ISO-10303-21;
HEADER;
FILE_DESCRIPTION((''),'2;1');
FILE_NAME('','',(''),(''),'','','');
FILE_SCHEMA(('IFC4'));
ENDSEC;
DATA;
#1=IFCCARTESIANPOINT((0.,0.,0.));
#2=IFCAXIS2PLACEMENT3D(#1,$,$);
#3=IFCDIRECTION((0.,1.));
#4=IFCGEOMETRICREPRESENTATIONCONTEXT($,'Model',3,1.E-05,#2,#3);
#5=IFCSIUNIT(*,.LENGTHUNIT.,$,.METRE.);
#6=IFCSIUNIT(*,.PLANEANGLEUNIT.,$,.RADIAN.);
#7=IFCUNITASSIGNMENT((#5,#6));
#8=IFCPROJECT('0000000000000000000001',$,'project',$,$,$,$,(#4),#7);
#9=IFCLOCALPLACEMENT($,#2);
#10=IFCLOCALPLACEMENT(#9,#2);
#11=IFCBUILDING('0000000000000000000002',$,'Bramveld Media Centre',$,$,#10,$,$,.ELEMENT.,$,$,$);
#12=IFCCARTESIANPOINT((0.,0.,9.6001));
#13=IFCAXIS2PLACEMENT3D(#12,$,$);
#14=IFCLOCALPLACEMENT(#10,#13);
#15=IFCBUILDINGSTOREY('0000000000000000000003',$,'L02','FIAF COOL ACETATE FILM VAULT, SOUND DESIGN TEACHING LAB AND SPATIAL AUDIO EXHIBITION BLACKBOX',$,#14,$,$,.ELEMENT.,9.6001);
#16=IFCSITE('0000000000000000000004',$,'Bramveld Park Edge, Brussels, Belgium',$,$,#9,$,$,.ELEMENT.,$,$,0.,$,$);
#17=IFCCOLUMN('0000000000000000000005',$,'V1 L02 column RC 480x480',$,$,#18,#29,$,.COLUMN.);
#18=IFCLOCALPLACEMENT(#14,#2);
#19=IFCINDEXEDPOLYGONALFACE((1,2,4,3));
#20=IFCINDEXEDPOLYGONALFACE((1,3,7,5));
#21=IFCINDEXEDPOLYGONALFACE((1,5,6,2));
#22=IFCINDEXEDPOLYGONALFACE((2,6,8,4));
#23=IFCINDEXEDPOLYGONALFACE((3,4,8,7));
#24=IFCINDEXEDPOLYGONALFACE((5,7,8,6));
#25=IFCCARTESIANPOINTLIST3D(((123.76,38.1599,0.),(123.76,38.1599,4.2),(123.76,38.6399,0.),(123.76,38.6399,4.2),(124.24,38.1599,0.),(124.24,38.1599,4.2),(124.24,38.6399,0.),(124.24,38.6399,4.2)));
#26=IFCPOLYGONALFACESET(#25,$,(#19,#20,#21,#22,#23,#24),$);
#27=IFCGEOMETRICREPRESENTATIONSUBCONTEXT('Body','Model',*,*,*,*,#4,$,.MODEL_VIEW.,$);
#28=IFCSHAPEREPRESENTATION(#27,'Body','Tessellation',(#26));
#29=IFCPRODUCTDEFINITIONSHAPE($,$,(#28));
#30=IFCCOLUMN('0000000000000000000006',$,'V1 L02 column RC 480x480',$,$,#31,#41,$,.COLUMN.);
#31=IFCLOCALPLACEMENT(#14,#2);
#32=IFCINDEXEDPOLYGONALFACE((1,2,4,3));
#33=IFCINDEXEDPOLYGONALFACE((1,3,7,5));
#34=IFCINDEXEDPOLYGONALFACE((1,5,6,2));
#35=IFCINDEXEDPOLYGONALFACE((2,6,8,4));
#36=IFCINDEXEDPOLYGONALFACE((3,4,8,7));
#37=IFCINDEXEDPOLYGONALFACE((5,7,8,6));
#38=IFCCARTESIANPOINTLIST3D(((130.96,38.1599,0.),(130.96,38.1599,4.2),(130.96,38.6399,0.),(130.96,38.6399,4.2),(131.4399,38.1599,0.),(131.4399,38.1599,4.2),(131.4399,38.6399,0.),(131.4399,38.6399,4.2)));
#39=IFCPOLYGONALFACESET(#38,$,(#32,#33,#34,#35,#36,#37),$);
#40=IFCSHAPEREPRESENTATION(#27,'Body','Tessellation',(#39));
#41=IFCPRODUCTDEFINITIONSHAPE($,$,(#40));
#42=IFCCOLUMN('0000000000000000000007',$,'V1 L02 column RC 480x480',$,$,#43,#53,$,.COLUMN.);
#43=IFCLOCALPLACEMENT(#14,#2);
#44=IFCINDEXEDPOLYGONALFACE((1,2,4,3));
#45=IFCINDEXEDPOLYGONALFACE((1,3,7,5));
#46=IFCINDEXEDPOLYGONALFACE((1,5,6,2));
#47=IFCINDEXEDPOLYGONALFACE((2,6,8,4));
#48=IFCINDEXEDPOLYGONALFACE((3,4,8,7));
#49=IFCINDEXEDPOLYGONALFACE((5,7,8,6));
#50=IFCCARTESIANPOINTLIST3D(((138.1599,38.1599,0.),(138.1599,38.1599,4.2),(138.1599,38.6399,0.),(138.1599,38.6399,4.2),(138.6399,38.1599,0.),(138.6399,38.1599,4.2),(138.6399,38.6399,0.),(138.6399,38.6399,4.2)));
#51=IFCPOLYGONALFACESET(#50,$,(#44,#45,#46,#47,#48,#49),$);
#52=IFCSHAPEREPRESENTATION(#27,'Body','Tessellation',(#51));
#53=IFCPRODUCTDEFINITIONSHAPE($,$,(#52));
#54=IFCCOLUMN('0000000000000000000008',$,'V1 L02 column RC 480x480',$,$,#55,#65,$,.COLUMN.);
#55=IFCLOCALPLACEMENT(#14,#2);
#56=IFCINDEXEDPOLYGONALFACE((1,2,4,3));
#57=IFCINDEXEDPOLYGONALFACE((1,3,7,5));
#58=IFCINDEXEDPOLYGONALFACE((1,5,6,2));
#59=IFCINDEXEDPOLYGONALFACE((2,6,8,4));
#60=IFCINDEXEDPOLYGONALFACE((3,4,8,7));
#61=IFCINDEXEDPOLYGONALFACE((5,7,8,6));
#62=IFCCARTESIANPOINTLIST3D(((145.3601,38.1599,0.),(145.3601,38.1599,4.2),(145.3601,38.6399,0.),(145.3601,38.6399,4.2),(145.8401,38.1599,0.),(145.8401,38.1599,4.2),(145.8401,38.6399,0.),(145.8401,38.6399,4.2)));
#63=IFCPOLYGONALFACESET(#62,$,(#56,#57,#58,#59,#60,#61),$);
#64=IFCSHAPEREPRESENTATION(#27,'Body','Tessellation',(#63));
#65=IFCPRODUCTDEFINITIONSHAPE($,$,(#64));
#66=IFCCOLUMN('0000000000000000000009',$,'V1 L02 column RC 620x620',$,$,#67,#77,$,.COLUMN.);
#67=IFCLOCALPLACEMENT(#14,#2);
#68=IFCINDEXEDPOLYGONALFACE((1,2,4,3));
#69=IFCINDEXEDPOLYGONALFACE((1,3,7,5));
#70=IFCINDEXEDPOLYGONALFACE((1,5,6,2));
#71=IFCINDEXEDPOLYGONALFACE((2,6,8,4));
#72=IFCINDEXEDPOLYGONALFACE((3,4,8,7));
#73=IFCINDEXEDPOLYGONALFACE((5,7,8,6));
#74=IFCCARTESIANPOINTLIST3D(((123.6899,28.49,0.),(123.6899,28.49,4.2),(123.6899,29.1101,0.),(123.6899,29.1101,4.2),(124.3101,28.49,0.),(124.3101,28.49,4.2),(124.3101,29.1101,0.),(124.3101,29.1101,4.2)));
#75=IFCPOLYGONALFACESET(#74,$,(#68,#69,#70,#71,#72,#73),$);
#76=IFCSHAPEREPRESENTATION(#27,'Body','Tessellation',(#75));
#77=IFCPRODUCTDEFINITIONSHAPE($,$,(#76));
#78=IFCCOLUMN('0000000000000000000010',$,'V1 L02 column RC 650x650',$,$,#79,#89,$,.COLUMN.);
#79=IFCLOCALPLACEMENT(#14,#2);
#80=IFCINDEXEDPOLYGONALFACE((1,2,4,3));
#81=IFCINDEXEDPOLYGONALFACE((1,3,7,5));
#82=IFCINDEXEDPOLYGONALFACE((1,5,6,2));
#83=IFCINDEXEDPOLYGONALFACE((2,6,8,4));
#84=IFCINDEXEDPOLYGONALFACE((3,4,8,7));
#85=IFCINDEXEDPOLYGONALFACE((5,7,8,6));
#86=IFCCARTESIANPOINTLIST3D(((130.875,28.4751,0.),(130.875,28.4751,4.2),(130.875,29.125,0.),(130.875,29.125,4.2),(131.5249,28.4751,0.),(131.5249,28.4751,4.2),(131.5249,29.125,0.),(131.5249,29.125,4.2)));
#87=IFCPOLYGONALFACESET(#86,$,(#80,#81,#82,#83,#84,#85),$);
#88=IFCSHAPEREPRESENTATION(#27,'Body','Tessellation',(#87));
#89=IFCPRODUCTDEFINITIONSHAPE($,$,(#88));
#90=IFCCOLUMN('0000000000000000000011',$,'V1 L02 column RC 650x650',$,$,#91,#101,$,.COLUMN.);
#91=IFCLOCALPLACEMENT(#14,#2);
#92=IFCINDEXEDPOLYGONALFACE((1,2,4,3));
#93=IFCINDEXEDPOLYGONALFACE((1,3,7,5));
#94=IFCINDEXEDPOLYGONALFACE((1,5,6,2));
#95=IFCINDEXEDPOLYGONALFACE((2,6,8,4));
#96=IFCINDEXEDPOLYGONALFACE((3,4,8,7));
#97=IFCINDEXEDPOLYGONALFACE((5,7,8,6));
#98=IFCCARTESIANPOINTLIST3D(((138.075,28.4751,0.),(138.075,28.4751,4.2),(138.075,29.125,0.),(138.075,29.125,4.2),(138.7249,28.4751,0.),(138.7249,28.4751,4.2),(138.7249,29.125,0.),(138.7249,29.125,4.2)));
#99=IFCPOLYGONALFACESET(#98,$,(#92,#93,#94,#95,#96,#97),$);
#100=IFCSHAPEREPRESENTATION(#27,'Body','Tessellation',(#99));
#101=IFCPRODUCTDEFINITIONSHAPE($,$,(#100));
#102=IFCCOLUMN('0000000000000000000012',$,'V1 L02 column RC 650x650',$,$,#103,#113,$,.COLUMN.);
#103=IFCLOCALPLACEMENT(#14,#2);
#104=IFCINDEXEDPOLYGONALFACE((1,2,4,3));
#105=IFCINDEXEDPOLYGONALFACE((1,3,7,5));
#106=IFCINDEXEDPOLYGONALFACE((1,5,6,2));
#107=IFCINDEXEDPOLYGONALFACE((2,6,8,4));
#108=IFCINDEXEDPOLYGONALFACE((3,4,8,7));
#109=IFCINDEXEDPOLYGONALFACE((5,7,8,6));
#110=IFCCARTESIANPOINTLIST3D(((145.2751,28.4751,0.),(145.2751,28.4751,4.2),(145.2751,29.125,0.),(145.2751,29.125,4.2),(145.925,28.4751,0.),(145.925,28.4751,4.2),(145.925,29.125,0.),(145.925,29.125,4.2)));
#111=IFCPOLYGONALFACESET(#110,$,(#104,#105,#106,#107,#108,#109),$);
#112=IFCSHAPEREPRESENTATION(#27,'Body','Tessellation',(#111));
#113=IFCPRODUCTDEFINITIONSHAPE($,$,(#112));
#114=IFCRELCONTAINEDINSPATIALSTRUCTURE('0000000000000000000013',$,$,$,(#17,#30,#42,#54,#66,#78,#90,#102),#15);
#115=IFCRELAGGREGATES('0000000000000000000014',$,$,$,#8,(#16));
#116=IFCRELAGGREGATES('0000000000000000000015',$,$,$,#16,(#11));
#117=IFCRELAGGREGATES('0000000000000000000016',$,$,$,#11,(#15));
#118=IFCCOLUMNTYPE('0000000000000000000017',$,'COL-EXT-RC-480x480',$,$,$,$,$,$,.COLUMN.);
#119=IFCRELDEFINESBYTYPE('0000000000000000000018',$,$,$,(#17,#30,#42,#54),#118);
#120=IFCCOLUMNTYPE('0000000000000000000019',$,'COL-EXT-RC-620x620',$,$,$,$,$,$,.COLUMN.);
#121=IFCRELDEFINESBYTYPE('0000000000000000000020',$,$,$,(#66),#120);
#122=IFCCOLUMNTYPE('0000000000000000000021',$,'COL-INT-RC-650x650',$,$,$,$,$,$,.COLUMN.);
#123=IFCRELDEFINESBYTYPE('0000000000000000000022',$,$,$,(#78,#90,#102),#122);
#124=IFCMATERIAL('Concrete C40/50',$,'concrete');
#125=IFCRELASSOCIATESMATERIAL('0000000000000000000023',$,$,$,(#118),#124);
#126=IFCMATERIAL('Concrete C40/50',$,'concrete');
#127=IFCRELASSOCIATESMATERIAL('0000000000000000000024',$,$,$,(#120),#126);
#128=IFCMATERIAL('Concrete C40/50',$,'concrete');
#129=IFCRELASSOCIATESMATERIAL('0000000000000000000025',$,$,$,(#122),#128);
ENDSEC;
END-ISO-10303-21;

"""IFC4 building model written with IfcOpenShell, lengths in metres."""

from ifc_helpers import new_model, si_unit, direction, frame, origin, origin_2d, place, context, subcontext, project, spatial, rectangle, extrude, material, material_profile, profile_set, type_object, element, save


model = new_model("IFC4")

# Units and contexts
model_context = context("Model", 3, precision=1e-05, world=origin(), true_north=direction((0.0, 1.0)))
body_context = subcontext(model_context, "Body", "Model", "MODEL_VIEW")
ifc_project = project(units=[si_unit("LENGTHUNIT", "METRE"), si_unit("PLANEANGLEUNIT", "RADIAN")], contexts=[model_context])

# Site, building, storey
site_placement = place(None, origin())
site = spatial("IfcSite", under=ifc_project, at=site_placement, Name="Bramveld Park Edge, Brussels, Belgium", CompositionType="ELEMENT", RefElevation=0.0)
building_placement = place(site_placement, origin())
building = spatial("IfcBuilding", under=site, at=building_placement, Name="Bramveld Media Centre", CompositionType="ELEMENT")
storey_placement = place(building_placement, frame((0.0, 0.0, 9.6001)))
storey = spatial("IfcBuildingStorey", under=building, at=storey_placement, Name="L02", Description="FIAF COOL ACETATE FILM VAULT, SOUND DESIGN TEACHING LAB AND SPATIAL AUDIO EXHIBITION BLACKBOX", CompositionType="ELEMENT", Elevation=9.6001)

# Columns
ifc_material_1 = material(Name="Concrete C40/50", Category="concrete")
ifc_material_profile_1 = material_profile(ifc_material_1, rectangle(XDim=0.48, YDim=0.48, at=origin_2d()), Name="RC 480x480")
ifc_profile_set_1 = profile_set([ifc_material_profile_1], Name="Concrete C40/50")
column_type_1 = type_object("IfcColumnType", Name="COL-EXT-RC-480x480", PredefinedType="COLUMN", material=ifc_profile_set_1)
for number, where, z_axis, x_axis, name in (
    (1, (124.0, 38.3999, 0.0), (0.0, 0.0, 1.0), (1.0, 0.0, 0.0), "V1 L02 column RC 480x480"),
    (2, (131.2, 38.3999, 0.0), (0.0, 0.0, 1.0), (1.0, 0.0, 0.0), "V1 L02 column RC 480x480"),
    (3, (138.3999, 38.3999, 0.0), (0.0, 0.0, 1.0), (1.0, 0.0, 0.0), "V1 L02 column RC 480x480"),
    (4, (145.6001, 38.3999, 0.0), (0.0, 0.0, 1.0), (1.0, 0.0, 0.0), "V1 L02 column RC 480x480"),
):
    element("IfcColumn", number, at=place(storey_placement, frame(where, z_axis=z_axis, x_axis=x_axis)), inside=storey, type_object=column_type_1, Name=name, PredefinedType="COLUMN", context=body_context, shape_type="SweptSolid", body=[
        extrude(rectangle(XDim=0.48, YDim=0.48, at=origin_2d()), origin(), (0.0, 0.0, 1.0), 4.2),
    ])
ifc_material_2 = material(Name="Concrete C40/50", Category="concrete")
ifc_material_profile_2 = material_profile(ifc_material_2, rectangle(XDim=0.6201, YDim=0.6201, at=origin_2d()), Name="RC 620x620")
ifc_profile_set_2 = profile_set([ifc_material_profile_2], Name="Concrete C40/50")
column_type_2 = type_object("IfcColumnType", Name="COL-EXT-RC-620x620", PredefinedType="COLUMN", material=ifc_profile_set_2)
column_placement = place(storey_placement, frame((124.0, 28.8, 0.0), z_axis=(0.0, 0.0, 1.0), x_axis=(1.0, 0.0, 0.0)))
element("IfcColumn", 5, at=column_placement, inside=storey, type_object=column_type_2, Name="V1 L02 column RC 620x620", PredefinedType="COLUMN", context=body_context, shape_type="SweptSolid", body=[
    extrude(rectangle(XDim=0.6201, YDim=0.6201, at=origin_2d()), origin(), (0.0, 0.0, 1.0), 4.2),
])
ifc_material_3 = material(Name="Concrete C40/50", Category="concrete")
ifc_material_profile_3 = material_profile(ifc_material_3, rectangle(XDim=0.6499, YDim=0.6499, at=origin_2d()), Name="RC 650x650")
ifc_profile_set_3 = profile_set([ifc_material_profile_3], Name="Concrete C40/50")
column_type_3 = type_object("IfcColumnType", Name="COL-INT-RC-650x650", PredefinedType="COLUMN", material=ifc_profile_set_3)
for number, where, z_axis, x_axis, name in (
    (6, (131.2, 28.8, 0.0), (0.0, 0.0, 1.0), (1.0, 0.0, 0.0), "V1 L02 column RC 650x650"),
    (7, (138.3999, 28.8, 0.0), (0.0, 0.0, 1.0), (1.0, 0.0, 0.0), "V1 L02 column RC 650x650"),
    (8, (145.6001, 28.8, 0.0), (0.0, 0.0, 1.0), (1.0, 0.0, 0.0), "V1 L02 column RC 650x650"),
):
    element("IfcColumn", number, at=place(storey_placement, frame(where, z_axis=z_axis, x_axis=x_axis)), inside=storey, type_object=column_type_3, Name=name, PredefinedType="COLUMN", context=body_context, shape_type="SweptSolid", body=[
        extrude(rectangle(XDim=0.6499, YDim=0.6499, at=origin_2d()), origin(), (0.0, 0.0, 1.0), 4.2),
    ])

save(model, "model.ifc")
